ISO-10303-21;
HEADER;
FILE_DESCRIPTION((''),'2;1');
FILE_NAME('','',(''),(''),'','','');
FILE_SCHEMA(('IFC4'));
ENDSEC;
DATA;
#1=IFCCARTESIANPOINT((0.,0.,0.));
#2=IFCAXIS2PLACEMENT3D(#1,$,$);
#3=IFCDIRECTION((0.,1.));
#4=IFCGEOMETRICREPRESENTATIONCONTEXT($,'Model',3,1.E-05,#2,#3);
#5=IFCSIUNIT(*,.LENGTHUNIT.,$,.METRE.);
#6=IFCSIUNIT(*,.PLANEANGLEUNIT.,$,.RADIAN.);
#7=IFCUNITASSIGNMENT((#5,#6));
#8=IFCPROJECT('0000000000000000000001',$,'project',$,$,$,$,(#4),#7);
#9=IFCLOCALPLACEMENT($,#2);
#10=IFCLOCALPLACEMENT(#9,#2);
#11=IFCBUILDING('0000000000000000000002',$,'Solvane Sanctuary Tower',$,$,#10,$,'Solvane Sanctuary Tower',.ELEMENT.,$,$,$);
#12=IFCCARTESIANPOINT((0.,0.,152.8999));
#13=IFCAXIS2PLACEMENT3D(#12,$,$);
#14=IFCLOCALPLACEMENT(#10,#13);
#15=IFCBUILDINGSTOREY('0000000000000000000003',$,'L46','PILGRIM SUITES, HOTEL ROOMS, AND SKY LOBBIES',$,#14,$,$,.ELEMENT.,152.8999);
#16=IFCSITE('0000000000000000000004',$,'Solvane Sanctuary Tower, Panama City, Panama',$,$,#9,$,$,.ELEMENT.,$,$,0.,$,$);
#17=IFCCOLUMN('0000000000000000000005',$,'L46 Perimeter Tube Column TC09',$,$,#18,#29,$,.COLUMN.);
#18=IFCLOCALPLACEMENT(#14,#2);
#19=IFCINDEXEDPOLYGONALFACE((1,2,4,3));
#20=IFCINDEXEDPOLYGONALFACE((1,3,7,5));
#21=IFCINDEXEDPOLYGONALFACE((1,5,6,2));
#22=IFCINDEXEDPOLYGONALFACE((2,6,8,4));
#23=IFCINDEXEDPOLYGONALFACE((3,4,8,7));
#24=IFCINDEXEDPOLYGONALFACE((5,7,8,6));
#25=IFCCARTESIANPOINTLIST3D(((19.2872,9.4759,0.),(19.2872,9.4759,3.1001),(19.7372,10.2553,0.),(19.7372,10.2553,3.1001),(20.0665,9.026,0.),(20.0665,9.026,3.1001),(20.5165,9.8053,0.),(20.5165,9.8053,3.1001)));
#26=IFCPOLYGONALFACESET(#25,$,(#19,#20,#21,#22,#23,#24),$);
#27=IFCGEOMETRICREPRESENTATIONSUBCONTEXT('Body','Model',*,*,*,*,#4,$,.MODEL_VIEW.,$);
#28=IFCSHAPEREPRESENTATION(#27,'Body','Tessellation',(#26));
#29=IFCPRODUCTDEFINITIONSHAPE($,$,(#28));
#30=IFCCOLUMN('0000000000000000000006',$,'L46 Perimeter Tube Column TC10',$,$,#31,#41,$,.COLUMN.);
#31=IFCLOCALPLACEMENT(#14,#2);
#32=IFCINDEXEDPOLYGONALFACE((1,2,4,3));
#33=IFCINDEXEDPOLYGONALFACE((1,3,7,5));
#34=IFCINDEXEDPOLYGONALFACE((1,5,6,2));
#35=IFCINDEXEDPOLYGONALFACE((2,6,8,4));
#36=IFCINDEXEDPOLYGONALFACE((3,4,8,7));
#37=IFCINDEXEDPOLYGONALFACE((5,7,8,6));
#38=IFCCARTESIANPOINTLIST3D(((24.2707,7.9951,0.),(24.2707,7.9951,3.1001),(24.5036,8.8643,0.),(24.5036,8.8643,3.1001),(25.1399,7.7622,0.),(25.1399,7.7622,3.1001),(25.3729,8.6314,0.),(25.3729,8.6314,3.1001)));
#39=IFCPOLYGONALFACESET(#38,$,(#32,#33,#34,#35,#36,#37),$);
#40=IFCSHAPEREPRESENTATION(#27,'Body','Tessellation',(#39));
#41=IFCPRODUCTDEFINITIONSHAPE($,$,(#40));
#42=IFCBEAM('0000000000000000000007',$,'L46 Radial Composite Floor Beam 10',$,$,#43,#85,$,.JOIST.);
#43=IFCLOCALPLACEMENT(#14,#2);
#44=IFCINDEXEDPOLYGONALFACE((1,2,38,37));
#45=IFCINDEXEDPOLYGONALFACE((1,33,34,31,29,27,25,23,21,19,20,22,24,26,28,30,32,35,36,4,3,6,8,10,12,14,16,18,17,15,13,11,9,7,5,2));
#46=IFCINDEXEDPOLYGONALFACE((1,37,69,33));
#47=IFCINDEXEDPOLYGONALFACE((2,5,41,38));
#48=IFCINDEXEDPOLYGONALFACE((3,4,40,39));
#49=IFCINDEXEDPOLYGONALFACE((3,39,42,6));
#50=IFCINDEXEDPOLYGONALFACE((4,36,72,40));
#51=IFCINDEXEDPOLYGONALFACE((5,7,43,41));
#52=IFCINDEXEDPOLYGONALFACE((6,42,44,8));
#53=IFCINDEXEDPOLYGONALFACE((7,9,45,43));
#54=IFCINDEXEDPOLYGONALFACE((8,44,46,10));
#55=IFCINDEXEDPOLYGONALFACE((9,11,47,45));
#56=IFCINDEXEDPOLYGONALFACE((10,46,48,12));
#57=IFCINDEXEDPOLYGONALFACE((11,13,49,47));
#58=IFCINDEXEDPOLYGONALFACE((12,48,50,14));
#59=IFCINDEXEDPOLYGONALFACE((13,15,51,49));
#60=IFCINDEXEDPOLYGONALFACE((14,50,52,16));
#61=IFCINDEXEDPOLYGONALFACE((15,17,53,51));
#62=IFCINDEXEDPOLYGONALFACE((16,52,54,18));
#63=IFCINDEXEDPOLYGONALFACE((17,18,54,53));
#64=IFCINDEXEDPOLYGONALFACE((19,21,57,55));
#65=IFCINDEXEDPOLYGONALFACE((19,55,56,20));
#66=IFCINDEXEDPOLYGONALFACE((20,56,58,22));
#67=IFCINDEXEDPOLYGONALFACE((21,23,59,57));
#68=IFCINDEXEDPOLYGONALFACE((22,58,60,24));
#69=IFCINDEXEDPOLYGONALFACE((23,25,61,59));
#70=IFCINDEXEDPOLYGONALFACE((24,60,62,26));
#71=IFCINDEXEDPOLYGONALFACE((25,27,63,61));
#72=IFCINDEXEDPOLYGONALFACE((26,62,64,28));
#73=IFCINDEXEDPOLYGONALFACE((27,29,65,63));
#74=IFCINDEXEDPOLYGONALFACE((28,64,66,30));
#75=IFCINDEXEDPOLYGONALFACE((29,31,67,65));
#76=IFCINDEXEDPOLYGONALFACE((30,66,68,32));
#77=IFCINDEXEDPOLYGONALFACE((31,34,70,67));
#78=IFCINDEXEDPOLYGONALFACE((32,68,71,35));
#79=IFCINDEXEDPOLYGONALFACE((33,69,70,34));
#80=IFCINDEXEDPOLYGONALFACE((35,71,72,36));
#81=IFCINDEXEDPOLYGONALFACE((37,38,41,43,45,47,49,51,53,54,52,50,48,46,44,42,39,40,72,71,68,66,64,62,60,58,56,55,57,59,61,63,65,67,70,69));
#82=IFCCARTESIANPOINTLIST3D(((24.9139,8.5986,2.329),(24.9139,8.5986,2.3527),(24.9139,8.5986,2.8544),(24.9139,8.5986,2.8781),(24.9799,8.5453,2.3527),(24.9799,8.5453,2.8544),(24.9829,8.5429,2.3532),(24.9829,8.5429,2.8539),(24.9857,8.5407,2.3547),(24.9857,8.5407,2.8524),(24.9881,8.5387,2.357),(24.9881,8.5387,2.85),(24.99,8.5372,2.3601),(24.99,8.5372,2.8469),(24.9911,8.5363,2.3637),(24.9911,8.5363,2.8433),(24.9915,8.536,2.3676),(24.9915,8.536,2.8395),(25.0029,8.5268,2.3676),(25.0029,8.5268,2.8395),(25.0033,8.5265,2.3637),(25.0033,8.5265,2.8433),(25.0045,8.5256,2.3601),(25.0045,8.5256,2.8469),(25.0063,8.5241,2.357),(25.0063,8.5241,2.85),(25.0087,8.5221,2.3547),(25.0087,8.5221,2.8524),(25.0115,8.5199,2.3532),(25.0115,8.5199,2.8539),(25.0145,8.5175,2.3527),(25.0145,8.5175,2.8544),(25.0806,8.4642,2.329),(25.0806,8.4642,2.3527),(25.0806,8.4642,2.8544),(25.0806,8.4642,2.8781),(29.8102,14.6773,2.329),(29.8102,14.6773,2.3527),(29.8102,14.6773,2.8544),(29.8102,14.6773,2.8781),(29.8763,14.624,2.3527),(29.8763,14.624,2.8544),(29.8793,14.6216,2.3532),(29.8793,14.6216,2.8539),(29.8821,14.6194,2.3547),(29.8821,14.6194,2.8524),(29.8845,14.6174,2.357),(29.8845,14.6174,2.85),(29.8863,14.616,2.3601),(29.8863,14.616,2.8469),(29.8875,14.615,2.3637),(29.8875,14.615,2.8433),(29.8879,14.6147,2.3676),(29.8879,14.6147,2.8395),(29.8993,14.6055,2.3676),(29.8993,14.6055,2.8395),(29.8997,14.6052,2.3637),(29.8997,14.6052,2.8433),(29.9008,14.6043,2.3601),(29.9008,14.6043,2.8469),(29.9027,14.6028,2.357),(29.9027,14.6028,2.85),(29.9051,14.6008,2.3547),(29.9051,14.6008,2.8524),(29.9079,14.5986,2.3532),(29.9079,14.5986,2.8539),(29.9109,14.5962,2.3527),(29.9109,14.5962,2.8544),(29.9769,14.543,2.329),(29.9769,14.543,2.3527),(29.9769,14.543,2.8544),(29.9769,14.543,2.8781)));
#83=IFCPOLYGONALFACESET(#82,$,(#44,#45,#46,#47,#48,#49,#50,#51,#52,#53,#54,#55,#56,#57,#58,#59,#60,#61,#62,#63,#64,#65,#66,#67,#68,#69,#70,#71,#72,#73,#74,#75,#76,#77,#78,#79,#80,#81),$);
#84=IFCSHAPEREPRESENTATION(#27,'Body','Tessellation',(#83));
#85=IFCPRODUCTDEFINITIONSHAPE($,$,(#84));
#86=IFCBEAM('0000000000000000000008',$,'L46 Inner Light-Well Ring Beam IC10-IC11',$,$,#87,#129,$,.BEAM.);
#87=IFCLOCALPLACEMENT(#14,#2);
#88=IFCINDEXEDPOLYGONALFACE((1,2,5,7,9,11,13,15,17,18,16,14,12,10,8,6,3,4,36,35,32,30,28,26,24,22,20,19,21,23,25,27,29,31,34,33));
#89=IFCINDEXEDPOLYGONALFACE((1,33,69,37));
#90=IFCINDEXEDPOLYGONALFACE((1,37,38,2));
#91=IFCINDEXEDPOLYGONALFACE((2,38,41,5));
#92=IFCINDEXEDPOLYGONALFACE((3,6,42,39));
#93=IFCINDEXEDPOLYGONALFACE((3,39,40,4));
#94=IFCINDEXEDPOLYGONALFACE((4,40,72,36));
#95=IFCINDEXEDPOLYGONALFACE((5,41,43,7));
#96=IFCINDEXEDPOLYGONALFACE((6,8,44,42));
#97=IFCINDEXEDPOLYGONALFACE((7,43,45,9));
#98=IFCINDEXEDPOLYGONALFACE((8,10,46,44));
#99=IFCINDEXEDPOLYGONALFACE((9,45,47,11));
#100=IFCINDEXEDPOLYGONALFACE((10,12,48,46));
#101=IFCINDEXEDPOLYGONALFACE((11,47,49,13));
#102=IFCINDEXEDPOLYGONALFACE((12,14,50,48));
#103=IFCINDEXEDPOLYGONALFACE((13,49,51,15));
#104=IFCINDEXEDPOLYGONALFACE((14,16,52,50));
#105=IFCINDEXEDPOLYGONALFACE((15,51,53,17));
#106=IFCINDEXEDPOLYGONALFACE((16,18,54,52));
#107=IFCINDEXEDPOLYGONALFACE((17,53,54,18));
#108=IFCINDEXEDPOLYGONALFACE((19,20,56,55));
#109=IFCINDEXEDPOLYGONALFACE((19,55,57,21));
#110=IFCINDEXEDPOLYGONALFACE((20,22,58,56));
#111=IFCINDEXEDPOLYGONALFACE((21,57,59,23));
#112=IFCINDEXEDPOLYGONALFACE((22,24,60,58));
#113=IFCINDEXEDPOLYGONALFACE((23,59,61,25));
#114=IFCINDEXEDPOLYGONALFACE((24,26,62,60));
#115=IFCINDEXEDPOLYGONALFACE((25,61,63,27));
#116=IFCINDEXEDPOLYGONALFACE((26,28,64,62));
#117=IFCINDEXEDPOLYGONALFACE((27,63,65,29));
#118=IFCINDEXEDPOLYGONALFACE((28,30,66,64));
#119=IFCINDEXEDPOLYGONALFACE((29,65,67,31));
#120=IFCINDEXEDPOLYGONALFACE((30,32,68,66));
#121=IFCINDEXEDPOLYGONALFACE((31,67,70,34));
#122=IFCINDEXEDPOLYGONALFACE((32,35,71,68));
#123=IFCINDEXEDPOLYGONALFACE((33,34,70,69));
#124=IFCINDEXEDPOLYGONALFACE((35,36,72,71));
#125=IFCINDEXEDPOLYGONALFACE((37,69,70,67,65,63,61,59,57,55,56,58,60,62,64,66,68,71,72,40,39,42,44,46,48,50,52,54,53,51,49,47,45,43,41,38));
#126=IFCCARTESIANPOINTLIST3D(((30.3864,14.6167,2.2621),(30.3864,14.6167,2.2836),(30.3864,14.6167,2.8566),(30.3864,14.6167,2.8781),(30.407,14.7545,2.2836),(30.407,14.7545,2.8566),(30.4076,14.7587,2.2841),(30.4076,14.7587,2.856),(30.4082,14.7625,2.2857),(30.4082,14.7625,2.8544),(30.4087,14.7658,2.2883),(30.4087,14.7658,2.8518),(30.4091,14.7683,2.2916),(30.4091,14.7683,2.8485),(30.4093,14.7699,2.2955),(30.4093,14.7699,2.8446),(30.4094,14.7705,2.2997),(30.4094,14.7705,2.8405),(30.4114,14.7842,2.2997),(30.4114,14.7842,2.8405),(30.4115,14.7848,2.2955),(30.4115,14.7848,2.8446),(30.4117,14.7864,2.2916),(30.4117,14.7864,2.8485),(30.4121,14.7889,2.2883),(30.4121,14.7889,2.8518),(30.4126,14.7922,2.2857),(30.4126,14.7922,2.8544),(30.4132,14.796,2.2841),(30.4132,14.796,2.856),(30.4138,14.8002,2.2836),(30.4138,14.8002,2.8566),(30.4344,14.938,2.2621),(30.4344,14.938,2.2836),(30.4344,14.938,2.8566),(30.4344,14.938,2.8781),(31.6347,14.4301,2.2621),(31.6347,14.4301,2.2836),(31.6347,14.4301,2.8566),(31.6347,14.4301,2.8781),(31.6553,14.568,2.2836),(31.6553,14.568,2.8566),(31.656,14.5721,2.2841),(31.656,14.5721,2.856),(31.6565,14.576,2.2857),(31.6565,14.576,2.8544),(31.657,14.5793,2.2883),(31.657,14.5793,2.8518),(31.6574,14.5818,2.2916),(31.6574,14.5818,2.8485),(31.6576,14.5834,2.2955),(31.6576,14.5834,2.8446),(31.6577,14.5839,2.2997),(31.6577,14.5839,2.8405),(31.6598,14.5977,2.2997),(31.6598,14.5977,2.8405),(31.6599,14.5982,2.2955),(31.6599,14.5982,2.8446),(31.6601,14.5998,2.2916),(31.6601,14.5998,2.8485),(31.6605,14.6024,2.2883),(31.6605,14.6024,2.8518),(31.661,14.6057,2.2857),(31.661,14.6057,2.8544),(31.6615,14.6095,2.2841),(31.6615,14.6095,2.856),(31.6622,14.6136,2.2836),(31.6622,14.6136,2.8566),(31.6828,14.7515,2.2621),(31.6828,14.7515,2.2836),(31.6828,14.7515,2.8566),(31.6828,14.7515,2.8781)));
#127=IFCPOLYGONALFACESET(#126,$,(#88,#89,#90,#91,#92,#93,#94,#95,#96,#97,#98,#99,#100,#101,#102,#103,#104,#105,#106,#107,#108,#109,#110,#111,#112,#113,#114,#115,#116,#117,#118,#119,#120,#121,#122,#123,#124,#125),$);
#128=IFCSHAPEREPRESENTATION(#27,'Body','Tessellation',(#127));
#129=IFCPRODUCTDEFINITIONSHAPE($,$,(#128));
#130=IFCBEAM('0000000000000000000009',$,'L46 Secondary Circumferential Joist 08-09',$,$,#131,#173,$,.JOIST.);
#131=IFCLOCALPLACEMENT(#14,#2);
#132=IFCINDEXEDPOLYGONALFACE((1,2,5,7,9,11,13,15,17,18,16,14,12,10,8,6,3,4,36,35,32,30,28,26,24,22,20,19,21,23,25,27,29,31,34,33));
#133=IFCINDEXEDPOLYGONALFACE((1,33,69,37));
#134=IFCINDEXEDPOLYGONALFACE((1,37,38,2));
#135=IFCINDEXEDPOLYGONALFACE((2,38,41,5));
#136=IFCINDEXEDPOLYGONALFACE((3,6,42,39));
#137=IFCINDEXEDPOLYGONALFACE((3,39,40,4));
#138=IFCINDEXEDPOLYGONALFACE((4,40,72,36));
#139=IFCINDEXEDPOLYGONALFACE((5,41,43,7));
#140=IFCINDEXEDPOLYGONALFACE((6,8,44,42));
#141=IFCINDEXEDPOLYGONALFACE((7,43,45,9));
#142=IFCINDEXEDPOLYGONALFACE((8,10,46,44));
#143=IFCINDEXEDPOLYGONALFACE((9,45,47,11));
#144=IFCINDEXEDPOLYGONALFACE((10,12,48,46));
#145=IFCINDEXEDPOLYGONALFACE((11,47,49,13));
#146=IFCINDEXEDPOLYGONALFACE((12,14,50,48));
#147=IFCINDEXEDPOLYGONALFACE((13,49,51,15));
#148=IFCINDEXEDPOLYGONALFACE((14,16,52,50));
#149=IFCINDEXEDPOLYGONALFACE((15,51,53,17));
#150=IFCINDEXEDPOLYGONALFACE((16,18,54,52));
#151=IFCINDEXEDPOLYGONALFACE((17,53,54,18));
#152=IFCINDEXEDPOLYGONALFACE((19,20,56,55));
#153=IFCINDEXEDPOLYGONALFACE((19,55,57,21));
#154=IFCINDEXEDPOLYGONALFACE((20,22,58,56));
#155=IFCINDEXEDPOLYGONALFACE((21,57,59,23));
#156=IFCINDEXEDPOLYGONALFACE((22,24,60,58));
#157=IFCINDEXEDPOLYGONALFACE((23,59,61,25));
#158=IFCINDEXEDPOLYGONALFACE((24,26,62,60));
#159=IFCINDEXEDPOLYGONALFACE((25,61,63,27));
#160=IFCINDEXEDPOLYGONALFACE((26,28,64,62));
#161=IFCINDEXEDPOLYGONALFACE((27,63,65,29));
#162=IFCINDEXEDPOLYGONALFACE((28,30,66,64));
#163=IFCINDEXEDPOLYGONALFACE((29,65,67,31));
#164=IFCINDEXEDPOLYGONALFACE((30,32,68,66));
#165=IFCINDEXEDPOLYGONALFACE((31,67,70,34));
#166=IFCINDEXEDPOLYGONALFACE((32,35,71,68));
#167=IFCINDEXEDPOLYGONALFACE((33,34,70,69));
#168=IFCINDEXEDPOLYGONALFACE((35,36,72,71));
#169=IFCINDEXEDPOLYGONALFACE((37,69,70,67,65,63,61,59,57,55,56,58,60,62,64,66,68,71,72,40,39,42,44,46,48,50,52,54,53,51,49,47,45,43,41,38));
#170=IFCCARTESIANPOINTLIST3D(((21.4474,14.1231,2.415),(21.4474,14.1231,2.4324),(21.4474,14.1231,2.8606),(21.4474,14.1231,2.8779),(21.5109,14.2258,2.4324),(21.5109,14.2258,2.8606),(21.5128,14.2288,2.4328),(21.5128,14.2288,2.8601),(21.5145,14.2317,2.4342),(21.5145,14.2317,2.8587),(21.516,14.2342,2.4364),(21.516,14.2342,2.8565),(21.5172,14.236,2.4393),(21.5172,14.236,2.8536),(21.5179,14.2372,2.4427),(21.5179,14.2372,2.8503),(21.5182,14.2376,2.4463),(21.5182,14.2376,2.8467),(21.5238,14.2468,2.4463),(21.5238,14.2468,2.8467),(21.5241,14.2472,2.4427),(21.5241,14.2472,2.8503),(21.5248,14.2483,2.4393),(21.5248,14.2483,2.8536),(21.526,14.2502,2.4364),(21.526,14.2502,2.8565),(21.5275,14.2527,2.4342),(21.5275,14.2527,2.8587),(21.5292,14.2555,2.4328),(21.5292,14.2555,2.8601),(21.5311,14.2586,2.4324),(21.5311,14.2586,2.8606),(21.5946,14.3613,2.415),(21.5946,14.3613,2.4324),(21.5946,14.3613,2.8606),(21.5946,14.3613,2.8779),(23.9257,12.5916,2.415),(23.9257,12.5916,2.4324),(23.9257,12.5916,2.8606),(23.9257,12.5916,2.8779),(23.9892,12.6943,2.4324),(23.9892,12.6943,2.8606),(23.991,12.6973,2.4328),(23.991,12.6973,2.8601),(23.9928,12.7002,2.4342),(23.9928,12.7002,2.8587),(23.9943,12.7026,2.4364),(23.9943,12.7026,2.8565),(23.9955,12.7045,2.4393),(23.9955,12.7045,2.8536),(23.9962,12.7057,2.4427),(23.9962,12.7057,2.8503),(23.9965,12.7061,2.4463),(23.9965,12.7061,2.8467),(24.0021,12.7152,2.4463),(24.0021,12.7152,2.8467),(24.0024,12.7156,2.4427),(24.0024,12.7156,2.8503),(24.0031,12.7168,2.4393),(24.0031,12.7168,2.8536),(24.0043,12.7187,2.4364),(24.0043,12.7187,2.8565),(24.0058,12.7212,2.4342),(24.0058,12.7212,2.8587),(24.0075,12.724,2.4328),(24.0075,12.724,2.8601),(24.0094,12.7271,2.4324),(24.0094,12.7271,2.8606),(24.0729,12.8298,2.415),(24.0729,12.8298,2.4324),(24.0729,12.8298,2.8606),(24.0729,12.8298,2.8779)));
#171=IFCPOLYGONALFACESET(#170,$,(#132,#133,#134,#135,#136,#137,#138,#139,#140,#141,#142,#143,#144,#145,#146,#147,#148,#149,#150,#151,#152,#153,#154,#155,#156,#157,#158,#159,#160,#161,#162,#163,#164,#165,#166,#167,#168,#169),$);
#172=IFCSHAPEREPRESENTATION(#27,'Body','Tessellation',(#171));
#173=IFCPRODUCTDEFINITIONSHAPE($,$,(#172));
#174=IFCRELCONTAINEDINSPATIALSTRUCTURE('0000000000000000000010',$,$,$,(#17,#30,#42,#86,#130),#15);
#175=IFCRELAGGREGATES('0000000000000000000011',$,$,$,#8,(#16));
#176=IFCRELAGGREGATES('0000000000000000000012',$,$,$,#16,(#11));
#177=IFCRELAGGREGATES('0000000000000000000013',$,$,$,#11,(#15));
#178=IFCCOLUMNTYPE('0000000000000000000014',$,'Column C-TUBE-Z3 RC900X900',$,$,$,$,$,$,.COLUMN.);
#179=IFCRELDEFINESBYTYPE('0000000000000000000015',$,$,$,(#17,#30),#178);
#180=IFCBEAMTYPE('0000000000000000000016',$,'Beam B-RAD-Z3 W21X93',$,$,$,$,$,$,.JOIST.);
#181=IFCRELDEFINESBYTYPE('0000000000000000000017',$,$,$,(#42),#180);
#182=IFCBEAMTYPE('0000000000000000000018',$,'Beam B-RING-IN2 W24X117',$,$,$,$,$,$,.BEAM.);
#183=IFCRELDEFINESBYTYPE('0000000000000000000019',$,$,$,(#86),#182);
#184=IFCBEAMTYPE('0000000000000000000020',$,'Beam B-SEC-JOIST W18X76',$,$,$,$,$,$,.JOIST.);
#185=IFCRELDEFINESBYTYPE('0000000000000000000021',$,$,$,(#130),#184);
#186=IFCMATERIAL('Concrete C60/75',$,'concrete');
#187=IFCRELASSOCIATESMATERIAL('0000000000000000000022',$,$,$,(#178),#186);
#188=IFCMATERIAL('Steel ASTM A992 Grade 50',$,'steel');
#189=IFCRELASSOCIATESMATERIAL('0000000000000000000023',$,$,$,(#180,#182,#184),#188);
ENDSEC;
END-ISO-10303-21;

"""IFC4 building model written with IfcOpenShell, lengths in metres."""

from ifc_helpers import new_model, si_unit, direction, frame, origin, origin_2d, place, context, subcontext, project, spatial, rectangle, i_section, extrude, material, material_profile, profile_set, type_object, element, save


model = new_model("IFC4")

# Units and contexts
model_context = context("Model", 3, precision=1e-05, world=origin(), true_north=direction((0.0, 1.0)))
body_context = subcontext(model_context, "Body", "Model", "MODEL_VIEW")
ifc_project = project(units=[si_unit("LENGTHUNIT", "METRE"), si_unit("PLANEANGLEUNIT", "RADIAN")], contexts=[model_context])

# Site, building, storey
site_placement = place(None, origin())
site = spatial("IfcSite", under=ifc_project, at=site_placement, Name="Solvane Sanctuary Tower, Panama City, Panama", CompositionType="ELEMENT", RefElevation=0.0)
building_placement = place(site_placement, origin())
building = spatial("IfcBuilding", under=site, at=building_placement, Name="Solvane Sanctuary Tower", LongName="Solvane Sanctuary Tower", CompositionType="ELEMENT")
storey_placement = place(building_placement, frame((0.0, 0.0, 152.8999)))
storey = spatial("IfcBuildingStorey", under=building, at=storey_placement, Name="L46", Description="PILGRIM SUITES, HOTEL ROOMS, AND SKY LOBBIES", CompositionType="ELEMENT", Elevation=152.8999)

# Columns
ifc_material_1 = material(Name="Concrete C60/75", Category="concrete")
ifc_material_profile_1 = material_profile(ifc_material_1, rectangle(XDim=0.8999, YDim=0.8999, at=origin_2d()), Name="RC900X900")
ifc_profile_set_1 = profile_set([ifc_material_profile_1], Name="Concrete C60/75")
column_type = type_object("IfcColumnType", Name="Column C-TUBE-Z3 RC900X900", PredefinedType="COLUMN", material=ifc_profile_set_1)
for number, where, z_axis, x_axis, name in (
    (1, (19.9019, 9.6406, 0.0), (0.0, 0.0, 1.0), (-0.5, -0.866025, 0.0), "L46 Perimeter Tube Column TC09"),
    (2, (24.8218, 8.3132, 0.0), (0.0, 0.0, 1.0), (-0.258819, -0.965926, 0.0), "L46 Perimeter Tube Column TC10"),
):
    element("IfcColumn", number, at=place(storey_placement, frame(where, z_axis=z_axis, x_axis=x_axis)), inside=storey, type_object=column_type, Name=name, PredefinedType="COLUMN", context=body_context, shape_type="SweptSolid", body=[
        extrude(rectangle(XDim=0.8999, YDim=0.8999, at=origin_2d()), origin(), (0.0, 0.0, 1.0), 3.1001),
    ])

# Beams
ifc_material_2 = material(Name="Steel ASTM A992 Grade 50", Category="steel")
ifc_material_profile_2 = material_profile(ifc_material_2, i_section(OverallWidth=0.2141, OverallDepth=0.5491, WebThickness=0.0146, FlangeThickness=0.0237, FilletRadius=0.0149, at=origin_2d()), Name="W21X93")
ifc_profile_set_2 = profile_set([ifc_material_profile_2], Name="Steel ASTM A992 Grade 50")
beam_type_1 = type_object("IfcBeamType", Name="Beam B-RAD-Z3 W21X93", PredefinedType="JOIST", material=ifc_profile_set_2)
beam_1_placement = place(storey_placement, frame((29.8936, 14.6101, 2.6035), z_axis=(-0.627297, -0.77878, 0.0), x_axis=(0.77878, -0.627297, 0.0)))
element("IfcBeam", 3, at=beam_1_placement, inside=storey, type_object=beam_type_1, Name="L46 Radial Composite Floor Beam 10", PredefinedType="JOIST", context=body_context, shape_type="SweptSolid", body=[
    extrude(i_section(OverallWidth=0.2141, OverallDepth=0.5491, WebThickness=0.0146, FlangeThickness=0.0237, FilletRadius=0.0149, at=origin_2d()), origin(), (0.0, 0.0, 1.0), 7.8054),
])
ifc_material_profile_3 = material_profile(ifc_material_2, i_section(OverallWidth=0.325, OverallDepth=0.616, WebThickness=0.0139, FlangeThickness=0.0215, FilletRadius=0.0161, at=origin_2d()), Name="W24X117")
ifc_profile_set_3 = profile_set([ifc_material_profile_3], Name="Steel ASTM A992 Grade 50")
beam_type_2 = type_object("IfcBeamType", Name="Beam B-RING-IN2 W24X117", PredefinedType="BEAM", material=ifc_profile_set_3)
beam_2_placement = place(storey_placement, frame((30.4104, 14.7773, 2.5701), z_axis=(0.98902, -0.147782, 0.0), x_axis=(0.147782, 0.98902, 0.0)))
element("IfcBeam", 4, at=beam_2_placement, inside=storey, type_object=beam_type_2, Name="L46 Inner Light-Well Ring Beam IC10-IC11", PredefinedType="BEAM", context=body_context, shape_type="SweptSolid", body=[
    extrude(i_section(OverallWidth=0.325, OverallDepth=0.616, WebThickness=0.0139, FlangeThickness=0.0215, FilletRadius=0.0161, at=origin_2d()), origin(), (0.0, 0.0, 1.0), 1.2622),
])
ifc_material_profile_4 = material_profile(ifc_material_2, i_section(OverallWidth=0.28, OverallDepth=0.4629, WebThickness=0.0107, FlangeThickness=0.0173, FilletRadius=0.0139, at=origin_2d()), Name="W18X76")
ifc_profile_set_4 = profile_set([ifc_material_profile_4], Name="Steel ASTM A992 Grade 50")
beam_type_3 = type_object("IfcBeamType", Name="Beam B-SEC-JOIST W18X76", PredefinedType="JOIST", material=ifc_profile_set_4)
beam_3_placement = place(storey_placement, frame((21.521, 14.2422, 2.6465), z_axis=(0.850676, -0.525691, 0.0), x_axis=(0.525691, 0.850676, 0.0)))
element("IfcBeam", 5, at=beam_3_placement, inside=storey, type_object=beam_type_3, Name="L46 Secondary Circumferential Joist 08-09", PredefinedType="JOIST", context=body_context, shape_type="SweptSolid", body=[
    extrude(i_section(OverallWidth=0.28, OverallDepth=0.4629, WebThickness=0.0107, FlangeThickness=0.0173, FilletRadius=0.0139, at=origin_2d()), origin(), (0.0, 0.0, 1.0), 2.9133),
])

save(model, "model.ifc")
